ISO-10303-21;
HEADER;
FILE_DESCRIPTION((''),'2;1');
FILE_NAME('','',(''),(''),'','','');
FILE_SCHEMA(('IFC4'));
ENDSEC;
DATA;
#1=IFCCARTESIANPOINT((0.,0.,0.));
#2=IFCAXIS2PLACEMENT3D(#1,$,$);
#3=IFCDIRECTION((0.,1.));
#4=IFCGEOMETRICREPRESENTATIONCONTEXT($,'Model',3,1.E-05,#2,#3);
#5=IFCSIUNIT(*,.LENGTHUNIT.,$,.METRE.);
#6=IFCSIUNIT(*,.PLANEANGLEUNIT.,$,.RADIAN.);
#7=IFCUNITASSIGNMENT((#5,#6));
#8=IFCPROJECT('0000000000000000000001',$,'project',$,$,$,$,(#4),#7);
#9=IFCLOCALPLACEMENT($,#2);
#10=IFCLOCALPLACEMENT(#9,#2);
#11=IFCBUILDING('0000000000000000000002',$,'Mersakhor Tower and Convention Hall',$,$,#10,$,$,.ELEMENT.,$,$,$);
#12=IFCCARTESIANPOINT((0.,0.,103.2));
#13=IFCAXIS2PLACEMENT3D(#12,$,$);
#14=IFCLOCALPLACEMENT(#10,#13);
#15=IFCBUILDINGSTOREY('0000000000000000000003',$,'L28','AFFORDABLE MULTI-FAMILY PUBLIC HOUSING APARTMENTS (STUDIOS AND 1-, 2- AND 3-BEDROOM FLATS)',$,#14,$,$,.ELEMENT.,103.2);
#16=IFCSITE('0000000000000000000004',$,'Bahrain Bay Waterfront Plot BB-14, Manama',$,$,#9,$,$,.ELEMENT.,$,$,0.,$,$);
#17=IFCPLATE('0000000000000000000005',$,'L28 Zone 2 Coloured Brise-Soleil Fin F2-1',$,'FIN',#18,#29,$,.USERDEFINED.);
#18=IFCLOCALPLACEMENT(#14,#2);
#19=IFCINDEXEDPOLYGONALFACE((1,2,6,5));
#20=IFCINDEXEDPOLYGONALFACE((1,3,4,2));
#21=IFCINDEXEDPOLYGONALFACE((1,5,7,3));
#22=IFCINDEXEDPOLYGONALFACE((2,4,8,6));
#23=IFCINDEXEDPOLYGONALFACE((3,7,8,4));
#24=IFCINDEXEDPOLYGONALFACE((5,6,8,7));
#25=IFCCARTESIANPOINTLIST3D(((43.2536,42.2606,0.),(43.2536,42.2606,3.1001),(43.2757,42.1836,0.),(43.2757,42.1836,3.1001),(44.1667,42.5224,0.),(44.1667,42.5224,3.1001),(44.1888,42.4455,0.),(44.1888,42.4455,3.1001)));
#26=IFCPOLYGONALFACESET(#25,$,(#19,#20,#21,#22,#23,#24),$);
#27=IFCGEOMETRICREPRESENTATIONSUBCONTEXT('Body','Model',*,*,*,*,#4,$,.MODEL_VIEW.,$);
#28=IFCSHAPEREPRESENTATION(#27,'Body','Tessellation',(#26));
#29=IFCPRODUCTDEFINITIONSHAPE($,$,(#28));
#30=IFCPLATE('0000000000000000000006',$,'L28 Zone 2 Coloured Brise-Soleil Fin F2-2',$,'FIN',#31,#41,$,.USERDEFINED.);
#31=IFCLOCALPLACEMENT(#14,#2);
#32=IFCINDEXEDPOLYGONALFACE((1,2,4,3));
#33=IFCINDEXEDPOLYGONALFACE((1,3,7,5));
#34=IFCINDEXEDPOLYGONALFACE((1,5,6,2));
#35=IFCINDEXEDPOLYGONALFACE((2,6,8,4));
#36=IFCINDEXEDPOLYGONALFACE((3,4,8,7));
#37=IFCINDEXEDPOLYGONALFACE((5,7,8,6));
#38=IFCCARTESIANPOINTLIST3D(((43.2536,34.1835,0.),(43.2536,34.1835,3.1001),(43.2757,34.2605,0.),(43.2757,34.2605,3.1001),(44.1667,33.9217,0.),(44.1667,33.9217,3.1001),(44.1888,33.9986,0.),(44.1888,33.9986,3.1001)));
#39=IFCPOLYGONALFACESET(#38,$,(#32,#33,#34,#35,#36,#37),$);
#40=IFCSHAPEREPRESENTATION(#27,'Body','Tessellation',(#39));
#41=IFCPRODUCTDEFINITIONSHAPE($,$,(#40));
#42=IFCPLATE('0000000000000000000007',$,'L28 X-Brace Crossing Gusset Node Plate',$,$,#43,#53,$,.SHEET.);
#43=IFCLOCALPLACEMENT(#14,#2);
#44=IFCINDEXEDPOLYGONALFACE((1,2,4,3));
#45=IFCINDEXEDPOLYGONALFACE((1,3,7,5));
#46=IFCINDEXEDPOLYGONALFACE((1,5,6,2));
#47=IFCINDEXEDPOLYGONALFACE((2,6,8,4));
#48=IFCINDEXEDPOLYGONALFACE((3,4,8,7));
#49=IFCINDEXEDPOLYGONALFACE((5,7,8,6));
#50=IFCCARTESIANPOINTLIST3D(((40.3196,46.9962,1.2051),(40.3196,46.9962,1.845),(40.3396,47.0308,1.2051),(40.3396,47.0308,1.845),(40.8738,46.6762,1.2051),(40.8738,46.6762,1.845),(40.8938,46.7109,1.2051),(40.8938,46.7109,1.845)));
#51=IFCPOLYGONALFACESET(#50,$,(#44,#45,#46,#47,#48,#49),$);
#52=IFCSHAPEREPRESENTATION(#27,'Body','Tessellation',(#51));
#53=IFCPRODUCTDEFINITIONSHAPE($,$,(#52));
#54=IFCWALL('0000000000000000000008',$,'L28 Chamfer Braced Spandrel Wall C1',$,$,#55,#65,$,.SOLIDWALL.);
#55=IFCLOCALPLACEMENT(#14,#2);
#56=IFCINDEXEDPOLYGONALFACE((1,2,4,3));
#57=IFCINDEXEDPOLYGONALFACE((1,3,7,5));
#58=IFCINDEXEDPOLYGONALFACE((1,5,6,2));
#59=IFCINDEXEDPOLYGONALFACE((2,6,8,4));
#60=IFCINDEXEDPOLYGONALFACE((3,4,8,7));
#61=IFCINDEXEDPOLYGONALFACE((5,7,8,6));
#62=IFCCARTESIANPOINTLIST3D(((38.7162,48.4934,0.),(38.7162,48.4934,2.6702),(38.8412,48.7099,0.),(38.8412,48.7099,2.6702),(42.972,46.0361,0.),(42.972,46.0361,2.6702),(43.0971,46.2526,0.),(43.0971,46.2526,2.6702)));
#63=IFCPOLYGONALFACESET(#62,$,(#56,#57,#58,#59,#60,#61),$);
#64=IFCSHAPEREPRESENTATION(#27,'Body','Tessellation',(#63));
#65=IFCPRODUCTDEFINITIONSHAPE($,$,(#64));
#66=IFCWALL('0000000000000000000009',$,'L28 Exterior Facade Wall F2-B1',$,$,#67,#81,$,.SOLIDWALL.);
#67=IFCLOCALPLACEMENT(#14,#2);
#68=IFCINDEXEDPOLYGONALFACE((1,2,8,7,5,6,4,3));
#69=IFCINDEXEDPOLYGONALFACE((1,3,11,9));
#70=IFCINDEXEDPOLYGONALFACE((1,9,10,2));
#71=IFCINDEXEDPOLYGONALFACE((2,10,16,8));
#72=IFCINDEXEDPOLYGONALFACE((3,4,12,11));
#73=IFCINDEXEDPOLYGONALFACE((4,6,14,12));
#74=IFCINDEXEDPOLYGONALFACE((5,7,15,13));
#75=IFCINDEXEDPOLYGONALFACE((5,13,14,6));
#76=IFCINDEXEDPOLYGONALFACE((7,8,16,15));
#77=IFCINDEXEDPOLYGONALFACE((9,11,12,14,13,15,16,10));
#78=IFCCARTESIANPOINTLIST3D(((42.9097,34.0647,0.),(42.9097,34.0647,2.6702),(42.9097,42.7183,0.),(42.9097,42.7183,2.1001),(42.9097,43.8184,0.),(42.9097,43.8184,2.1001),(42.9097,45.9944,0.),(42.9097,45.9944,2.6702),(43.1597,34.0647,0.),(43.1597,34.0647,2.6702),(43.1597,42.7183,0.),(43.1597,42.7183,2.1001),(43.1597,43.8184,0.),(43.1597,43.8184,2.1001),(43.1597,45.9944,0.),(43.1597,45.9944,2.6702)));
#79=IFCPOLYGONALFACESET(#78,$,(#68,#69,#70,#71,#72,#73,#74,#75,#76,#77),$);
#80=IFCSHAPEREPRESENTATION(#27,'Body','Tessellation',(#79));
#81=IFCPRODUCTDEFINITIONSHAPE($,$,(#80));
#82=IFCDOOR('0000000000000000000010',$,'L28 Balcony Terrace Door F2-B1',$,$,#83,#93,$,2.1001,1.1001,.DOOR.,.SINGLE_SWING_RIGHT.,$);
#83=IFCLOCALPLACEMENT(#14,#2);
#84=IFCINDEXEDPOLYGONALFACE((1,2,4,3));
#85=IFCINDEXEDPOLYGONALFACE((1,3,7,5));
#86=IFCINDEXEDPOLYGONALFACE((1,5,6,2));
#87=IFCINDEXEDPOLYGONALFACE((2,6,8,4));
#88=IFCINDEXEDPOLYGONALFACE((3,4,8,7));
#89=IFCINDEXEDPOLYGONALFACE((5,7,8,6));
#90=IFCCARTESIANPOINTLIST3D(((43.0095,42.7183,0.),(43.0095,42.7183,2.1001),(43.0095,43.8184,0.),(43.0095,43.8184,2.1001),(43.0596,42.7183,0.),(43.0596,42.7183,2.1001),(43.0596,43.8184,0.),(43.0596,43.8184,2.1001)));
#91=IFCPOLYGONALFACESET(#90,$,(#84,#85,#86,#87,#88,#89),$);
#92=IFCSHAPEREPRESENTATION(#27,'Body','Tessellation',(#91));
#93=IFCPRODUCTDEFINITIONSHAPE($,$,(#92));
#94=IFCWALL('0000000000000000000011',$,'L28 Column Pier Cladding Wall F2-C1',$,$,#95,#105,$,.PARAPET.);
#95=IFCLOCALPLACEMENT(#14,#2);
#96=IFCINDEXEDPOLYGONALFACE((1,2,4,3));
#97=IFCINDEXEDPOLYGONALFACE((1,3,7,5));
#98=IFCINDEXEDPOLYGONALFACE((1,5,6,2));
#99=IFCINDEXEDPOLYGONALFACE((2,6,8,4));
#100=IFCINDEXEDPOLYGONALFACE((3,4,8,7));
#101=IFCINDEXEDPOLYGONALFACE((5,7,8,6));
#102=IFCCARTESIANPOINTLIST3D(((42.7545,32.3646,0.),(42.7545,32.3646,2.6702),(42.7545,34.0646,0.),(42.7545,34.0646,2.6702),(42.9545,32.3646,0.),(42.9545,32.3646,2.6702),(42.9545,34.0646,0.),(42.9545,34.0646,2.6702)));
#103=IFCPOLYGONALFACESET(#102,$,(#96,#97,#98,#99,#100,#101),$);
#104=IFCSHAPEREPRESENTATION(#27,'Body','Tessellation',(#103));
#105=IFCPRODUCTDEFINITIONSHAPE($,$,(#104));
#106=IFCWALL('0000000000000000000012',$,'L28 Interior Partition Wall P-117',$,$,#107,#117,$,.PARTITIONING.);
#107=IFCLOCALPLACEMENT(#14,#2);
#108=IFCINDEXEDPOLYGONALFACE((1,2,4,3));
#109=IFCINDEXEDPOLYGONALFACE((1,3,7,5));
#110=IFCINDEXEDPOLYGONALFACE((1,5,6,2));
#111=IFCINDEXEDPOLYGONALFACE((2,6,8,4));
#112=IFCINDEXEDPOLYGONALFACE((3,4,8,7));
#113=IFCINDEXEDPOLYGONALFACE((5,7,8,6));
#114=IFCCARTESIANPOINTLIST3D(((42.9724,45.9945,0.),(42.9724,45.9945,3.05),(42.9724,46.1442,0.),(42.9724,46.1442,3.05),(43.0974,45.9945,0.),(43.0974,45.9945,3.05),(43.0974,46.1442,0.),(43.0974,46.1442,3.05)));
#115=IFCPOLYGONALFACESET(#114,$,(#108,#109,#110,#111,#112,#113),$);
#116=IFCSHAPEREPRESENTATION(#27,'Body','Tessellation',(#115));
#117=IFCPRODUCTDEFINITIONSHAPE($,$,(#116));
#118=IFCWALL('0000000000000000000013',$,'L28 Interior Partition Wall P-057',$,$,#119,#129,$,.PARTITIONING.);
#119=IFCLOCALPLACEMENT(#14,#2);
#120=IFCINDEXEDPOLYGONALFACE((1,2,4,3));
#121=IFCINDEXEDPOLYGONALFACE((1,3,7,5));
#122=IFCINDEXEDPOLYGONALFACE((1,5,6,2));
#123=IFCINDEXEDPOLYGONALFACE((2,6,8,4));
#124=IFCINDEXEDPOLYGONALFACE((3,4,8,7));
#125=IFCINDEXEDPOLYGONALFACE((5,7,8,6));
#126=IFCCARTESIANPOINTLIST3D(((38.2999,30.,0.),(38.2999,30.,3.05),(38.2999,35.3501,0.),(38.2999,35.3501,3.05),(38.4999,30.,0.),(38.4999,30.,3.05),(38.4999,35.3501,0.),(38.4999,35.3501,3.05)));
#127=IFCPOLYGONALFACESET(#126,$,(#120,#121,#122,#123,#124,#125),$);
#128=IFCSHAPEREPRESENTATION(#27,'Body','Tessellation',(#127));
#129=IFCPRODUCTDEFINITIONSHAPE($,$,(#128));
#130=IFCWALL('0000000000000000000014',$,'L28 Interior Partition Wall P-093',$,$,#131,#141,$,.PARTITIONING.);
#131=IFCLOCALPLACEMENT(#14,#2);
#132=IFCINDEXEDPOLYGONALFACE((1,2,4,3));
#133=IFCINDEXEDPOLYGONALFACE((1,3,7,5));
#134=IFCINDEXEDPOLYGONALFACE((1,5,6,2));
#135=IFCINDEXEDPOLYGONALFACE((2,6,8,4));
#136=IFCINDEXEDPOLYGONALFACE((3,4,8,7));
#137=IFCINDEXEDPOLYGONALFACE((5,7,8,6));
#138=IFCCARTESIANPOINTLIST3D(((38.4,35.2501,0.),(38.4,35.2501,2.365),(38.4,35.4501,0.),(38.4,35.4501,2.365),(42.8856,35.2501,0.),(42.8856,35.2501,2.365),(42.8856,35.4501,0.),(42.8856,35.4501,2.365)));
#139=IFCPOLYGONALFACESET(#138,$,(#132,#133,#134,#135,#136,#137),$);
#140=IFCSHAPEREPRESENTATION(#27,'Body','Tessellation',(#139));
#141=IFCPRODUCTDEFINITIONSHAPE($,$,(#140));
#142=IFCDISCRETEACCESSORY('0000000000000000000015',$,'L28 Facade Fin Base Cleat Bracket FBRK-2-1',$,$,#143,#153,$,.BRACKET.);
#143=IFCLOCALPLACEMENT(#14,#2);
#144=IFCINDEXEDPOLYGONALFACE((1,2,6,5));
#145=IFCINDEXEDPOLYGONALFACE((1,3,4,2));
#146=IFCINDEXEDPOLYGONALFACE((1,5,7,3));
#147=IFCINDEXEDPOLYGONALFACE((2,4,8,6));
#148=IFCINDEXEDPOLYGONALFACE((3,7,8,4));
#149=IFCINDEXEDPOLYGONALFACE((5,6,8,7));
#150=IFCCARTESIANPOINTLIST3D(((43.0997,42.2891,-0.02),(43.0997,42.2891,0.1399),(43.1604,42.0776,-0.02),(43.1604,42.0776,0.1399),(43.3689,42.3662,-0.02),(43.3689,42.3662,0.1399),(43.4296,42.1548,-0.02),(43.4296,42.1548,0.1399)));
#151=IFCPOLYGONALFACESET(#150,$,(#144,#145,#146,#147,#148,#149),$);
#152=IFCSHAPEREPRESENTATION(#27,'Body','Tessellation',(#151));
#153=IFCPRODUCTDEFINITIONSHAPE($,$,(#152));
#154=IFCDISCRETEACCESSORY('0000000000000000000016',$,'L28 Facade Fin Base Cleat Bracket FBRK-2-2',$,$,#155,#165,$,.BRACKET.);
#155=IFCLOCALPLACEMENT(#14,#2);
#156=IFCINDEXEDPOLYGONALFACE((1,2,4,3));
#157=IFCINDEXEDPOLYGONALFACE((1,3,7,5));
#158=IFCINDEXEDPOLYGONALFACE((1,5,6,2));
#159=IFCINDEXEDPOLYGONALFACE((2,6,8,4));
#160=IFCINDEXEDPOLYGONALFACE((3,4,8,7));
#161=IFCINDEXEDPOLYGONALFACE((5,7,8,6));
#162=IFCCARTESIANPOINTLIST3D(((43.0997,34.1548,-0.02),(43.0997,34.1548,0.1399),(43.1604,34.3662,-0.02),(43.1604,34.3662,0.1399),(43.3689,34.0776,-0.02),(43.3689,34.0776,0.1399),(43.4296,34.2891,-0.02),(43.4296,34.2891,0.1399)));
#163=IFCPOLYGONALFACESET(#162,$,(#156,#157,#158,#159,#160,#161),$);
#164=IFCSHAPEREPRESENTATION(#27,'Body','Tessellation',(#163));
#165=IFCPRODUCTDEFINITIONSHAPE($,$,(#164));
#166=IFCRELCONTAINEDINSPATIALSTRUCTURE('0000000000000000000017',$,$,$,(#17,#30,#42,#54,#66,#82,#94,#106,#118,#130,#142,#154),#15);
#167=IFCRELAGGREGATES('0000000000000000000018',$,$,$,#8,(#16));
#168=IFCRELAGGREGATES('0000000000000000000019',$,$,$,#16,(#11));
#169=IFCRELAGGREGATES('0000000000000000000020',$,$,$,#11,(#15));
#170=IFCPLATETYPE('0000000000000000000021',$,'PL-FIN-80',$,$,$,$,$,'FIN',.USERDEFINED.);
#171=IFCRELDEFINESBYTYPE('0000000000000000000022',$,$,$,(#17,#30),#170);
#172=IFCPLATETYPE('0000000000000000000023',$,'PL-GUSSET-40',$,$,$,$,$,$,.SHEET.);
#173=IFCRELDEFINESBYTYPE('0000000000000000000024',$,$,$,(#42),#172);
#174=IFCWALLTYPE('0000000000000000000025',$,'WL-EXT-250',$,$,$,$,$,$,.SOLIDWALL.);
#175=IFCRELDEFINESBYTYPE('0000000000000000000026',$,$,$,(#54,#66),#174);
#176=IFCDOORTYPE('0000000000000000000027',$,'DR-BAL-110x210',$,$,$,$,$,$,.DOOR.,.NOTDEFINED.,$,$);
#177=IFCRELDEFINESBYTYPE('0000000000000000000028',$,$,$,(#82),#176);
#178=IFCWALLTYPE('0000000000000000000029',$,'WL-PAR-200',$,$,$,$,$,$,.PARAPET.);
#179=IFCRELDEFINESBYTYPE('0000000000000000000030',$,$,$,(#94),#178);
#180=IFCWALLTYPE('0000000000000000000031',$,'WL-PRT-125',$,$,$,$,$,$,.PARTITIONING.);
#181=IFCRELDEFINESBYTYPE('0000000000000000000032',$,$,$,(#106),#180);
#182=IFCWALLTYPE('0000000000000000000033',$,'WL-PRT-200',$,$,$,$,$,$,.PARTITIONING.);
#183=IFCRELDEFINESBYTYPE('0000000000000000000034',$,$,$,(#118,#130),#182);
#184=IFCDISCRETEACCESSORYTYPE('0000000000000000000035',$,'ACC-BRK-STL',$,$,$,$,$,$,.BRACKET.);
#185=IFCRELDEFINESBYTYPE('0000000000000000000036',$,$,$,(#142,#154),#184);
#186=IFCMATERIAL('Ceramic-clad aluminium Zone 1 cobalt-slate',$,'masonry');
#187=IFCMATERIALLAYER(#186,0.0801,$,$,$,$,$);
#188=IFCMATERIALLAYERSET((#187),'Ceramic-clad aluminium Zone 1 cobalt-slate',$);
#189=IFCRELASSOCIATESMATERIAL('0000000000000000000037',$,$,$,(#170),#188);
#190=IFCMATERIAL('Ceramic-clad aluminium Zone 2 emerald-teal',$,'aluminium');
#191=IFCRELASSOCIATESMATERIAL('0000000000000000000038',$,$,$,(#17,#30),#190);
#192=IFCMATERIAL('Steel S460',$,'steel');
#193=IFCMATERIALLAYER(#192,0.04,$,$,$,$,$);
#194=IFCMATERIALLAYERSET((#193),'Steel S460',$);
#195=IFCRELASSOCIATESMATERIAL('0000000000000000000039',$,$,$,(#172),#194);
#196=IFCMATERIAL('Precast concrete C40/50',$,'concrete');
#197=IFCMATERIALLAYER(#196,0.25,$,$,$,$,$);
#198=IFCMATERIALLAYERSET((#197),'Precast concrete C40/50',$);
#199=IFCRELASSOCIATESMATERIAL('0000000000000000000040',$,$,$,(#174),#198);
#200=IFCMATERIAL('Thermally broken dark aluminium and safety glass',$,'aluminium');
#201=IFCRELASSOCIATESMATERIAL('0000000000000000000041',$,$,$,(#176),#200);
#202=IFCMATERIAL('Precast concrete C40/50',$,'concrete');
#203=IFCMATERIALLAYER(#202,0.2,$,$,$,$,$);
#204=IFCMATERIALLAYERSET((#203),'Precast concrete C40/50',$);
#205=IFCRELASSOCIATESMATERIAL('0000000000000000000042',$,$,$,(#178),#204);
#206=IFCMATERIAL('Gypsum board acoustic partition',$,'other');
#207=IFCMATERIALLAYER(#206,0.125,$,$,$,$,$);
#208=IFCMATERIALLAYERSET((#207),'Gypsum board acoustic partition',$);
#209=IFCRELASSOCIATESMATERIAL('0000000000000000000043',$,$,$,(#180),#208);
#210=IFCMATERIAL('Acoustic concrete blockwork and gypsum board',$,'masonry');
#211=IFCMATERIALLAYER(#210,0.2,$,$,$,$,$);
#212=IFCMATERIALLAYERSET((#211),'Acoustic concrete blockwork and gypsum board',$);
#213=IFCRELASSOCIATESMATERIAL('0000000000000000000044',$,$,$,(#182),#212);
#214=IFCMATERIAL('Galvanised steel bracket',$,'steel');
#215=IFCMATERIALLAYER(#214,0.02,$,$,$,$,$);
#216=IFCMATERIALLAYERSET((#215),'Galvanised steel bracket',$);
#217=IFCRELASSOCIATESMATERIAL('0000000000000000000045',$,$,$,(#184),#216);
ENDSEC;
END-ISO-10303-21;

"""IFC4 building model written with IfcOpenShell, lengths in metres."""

from ifc_helpers import new_model, si_unit, direction, frame, frame_2d, origin, origin_2d, place, context, subcontext, project, spatial, rectangle, extrude, material, layer, layer_set, type_object, element, fill, save


model = new_model("IFC4")

# Units and contexts
model_context = context("Model", 3, precision=1e-05, world=origin(), true_north=direction((0.0, 1.0)))
body_context = subcontext(model_context, "Body", "Model", "MODEL_VIEW")
ifc_project = project(units=[si_unit("LENGTHUNIT", "METRE"), si_unit("PLANEANGLEUNIT", "RADIAN")], contexts=[model_context])

# Site, building, storey
site_placement = place(None, origin())
site = spatial("IfcSite", under=ifc_project, at=site_placement, Name="Bahrain Bay Waterfront Plot BB-14, Manama", CompositionType="ELEMENT", RefElevation=0.0)
building_placement = place(site_placement, origin())
building = spatial("IfcBuilding", under=site, at=building_placement, Name="Mersakhor Tower and Convention Hall", CompositionType="ELEMENT")
storey_placement = place(building_placement, frame((0.0, 0.0, 103.2)))
storey = spatial("IfcBuildingStorey", under=building, at=storey_placement, Name="L28", Description="AFFORDABLE MULTI-FAMILY PUBLIC HOUSING APARTMENTS (STUDIOS AND 1-, 2- AND 3-BEDROOM FLATS)", CompositionType="ELEMENT", Elevation=103.2)

# Plates
ifc_material_1 = material(Name="Ceramic-clad aluminium Zone 2 emerald-teal", Category="aluminium")
ifc_material_2 = material(Name="Ceramic-clad aluminium Zone 1 cobalt-slate", Category="masonry")
ifc_layer_1 = layer(ifc_material_2, 0.0801)
ifc_layer_set_1 = layer_set([ifc_layer_1], Name="Ceramic-clad aluminium Zone 1 cobalt-slate")
plate_type_1 = type_object("IfcPlateType", Name="PL-FIN-80", ElementType="FIN", PredefinedType="USERDEFINED", material=ifc_layer_set_1)
for number, where, z_axis, x_axis, name in (
    (1, (43.7212, 42.353, 0.0), (0.0, 0.0, 1.0), (0.961262, 0.275637, 0.0), "L28 Zone 2 Coloured Brise-Soleil Fin F2-1"),
    (2, (43.7212, 34.0911, 0.0), (0.0, 0.0, 1.0), (0.961262, -0.275637, 0.0), "L28 Zone 2 Coloured Brise-Soleil Fin F2-2"),
):
    element("IfcPlate", number, at=place(storey_placement, frame(where, z_axis=z_axis, x_axis=x_axis)), inside=storey, type_object=plate_type_1, material=ifc_material_1, Name=name, ObjectType="FIN", PredefinedType="USERDEFINED", context=body_context, shape_type="SweptSolid", body=[
        extrude(rectangle(XDim=0.95, YDim=0.0801, at=origin_2d()), origin(), (0.0, 0.0, 1.0), 3.1001),
    ])
ifc_material_3 = material(Name="Steel S460", Category="steel")
ifc_layer_2 = layer(ifc_material_3, 0.04)
ifc_layer_set_2 = layer_set([ifc_layer_2], Name="Steel S460")
plate_type_2 = type_object("IfcPlateType", Name="PL-GUSSET-40", PredefinedType="SHEET", material=ifc_layer_set_2)
plate_placement = place(storey_placement, frame((40.6067, 46.8535, 1.2051), z_axis=(0.0, 0.0, 1.0), x_axis=(-0.866025, 0.5, 0.0)))
element("IfcPlate", 3, at=plate_placement, inside=storey, type_object=plate_type_2, Name="L28 X-Brace Crossing Gusset Node Plate", PredefinedType="SHEET", context=body_context, shape_type="SweptSolid", body=[
    extrude(rectangle(XDim=0.6399, YDim=0.04, at=origin_2d()), origin(), (0.0, 0.0, 1.0), 0.6399),
])

# Wall
ifc_material_4 = material(Name="Precast concrete C40/50", Category="concrete")
ifc_layer_3 = layer(ifc_material_4, 0.25)
ifc_layer_set_3 = layer_set([ifc_layer_3], Name="Precast concrete C40/50")
wall_type_1 = type_object("IfcWallType", Name="WL-EXT-250", PredefinedType="SOLIDWALL", material=ifc_layer_set_3)
wall_1_placement = place(storey_placement, frame((38.7788, 48.6016, 0.0), z_axis=(0.0, 0.0, 1.0), x_axis=(0.866012, -0.500023, 0.0)))
element("IfcWall", 4, at=wall_1_placement, inside=storey, type_object=wall_type_1, Name="L28 Chamfer Braced Spandrel Wall C1", PredefinedType="SOLIDWALL", context=body_context, shape_type="SweptSolid", body=[
    extrude(rectangle(XDim=4.9143, YDim=0.25, at=frame_2d((2.457, 0.0))), origin(), (0.0, 0.0, 1.0), 2.6702),
])

# Wall, opening, door
wall_2_placement = place(storey_placement, frame((43.0347, 45.9944, 0.0), z_axis=(0.0, 0.0, 1.0), x_axis=(0.0, -1.0, 0.0)))
wall_2 = element("IfcWall", 5, at=wall_2_placement, inside=storey, type_object=wall_type_1, Name="L28 Exterior Facade Wall F2-B1", PredefinedType="SOLIDWALL", context=body_context, shape_type="SweptSolid", body=[
    extrude(rectangle(XDim=11.9297, YDim=0.25, at=frame_2d((5.9648, 0.0))), origin(), (0.0, 0.0, 1.0), 2.6702),
])
opening_placement = place(wall_2_placement, frame((2.176, 0.0, 0.0)))
opening = element("IfcOpeningElement", 6, at=opening_placement, cuts=wall_2, PredefinedType="OPENING", context=body_context, shape_type="SweptSolid", body=[
    extrude(rectangle(XDim=1.1001, YDim=2.1001, at=frame_2d((0.55, 1.05))), frame((0.0, 0.135, 0.0), z_axis=(0.0, -1.0, 0.0), x_axis=(1.0, 0.0, 0.0)), (0.0, 0.0, 1.0), 0.27),
])
ifc_material_5 = material(Name="Thermally broken dark aluminium and safety glass", Category="aluminium")
door_type = type_object("IfcDoorType", Name="DR-BAL-110x210", OperationType="NOTDEFINED", PredefinedType="DOOR", material=ifc_material_5)
door_placement = place(opening_placement, origin())
door = element("IfcDoor", 7, at=door_placement, inside=storey, type_object=door_type, Name="L28 Balcony Terrace Door F2-B1", OperationType="SINGLE_SWING_RIGHT", OverallHeight=2.1001, OverallWidth=1.1001, PredefinedType="DOOR", context=body_context, shape_type="SweptSolid", body=[
    extrude(rectangle(XDim=1.1001, YDim=2.1001, at=frame_2d((0.55, 1.05))), frame((0.0, 0.0249, 0.0), z_axis=(0.0, -1.0, 0.0), x_axis=(1.0, 0.0, 0.0)), (0.0, 0.0, 1.0), 0.05),
])
fill(opening, door)

# Walls
ifc_material_6 = material(Name="Precast concrete C40/50", Category="concrete")
ifc_layer_4 = layer(ifc_material_6, 0.2)
ifc_layer_set_4 = layer_set([ifc_layer_4], Name="Precast concrete C40/50")
wall_type_2 = type_object("IfcWallType", Name="WL-PAR-200", PredefinedType="PARAPET", material=ifc_layer_set_4)
wall_3_placement = place(storey_placement, frame((42.8545, 34.0647, 0.0), z_axis=(0.0, 0.0, 1.0), x_axis=(0.0, -1.0, 0.0)))
element("IfcWall", 8, at=wall_3_placement, inside=storey, type_object=wall_type_2, Name="L28 Column Pier Cladding Wall F2-C1", PredefinedType="PARAPET", context=body_context, shape_type="SweptSolid", body=[
    extrude(rectangle(XDim=1.7, YDim=0.2, at=frame_2d((0.8501, 0.0))), origin(), (0.0, 0.0, 1.0), 2.6702),
])
ifc_material_7 = material(Name="Gypsum board acoustic partition", Category="other")
ifc_layer_5 = layer(ifc_material_7, 0.125)
ifc_layer_set_5 = layer_set([ifc_layer_5], Name="Gypsum board acoustic partition")
wall_type_3 = type_object("IfcWallType", Name="WL-PRT-125", PredefinedType="PARTITIONING", material=ifc_layer_set_5)
wall_4_placement = place(storey_placement, frame((43.0349, 46.144, 0.0), z_axis=(0.0, 0.0, 1.0), x_axis=(0.0, -1.0, 0.0)))
element("IfcWall", 9, at=wall_4_placement, inside=storey, type_object=wall_type_3, Name="L28 Interior Partition Wall P-117", PredefinedType="PARTITIONING", context=body_context, shape_type="SweptSolid", body=[
    extrude(rectangle(XDim=0.1497, YDim=0.125, at=frame_2d((0.0747, 0.0))), origin(), (0.0, 0.0, 1.0), 3.05),
])
ifc_material_8 = material(Name="Acoustic concrete blockwork and gypsum board", Category="masonry")
ifc_layer_6 = layer(ifc_material_8, 0.2)
ifc_layer_set_6 = layer_set([ifc_layer_6], Name="Acoustic concrete blockwork and gypsum board")
wall_type_4 = type_object("IfcWallType", Name="WL-PRT-200", PredefinedType="PARTITIONING", material=ifc_layer_set_6)
wall_5_placement = place(storey_placement, frame((38.3999, 35.3501, 0.0), z_axis=(0.0, 0.0, 1.0), x_axis=(0.0, -1.0, 0.0)))
element("IfcWall", 10, at=wall_5_placement, inside=storey, type_object=wall_type_4, Name="L28 Interior Partition Wall P-057", PredefinedType="PARTITIONING", context=body_context, shape_type="SweptSolid", body=[
    extrude(rectangle(XDim=5.3501, YDim=0.2, at=frame_2d((2.675, 0.0))), origin(), (0.0, 0.0, 1.0), 3.05),
])
wall_6_placement = place(storey_placement, frame((42.8855, 35.3501, 0.0), z_axis=(0.0, 0.0, 1.0), x_axis=(-1.0, 0.0, 0.0)))
element("IfcWall", 11, at=wall_6_placement, inside=storey, type_object=wall_type_4, Name="L28 Interior Partition Wall P-093", PredefinedType="PARTITIONING", context=body_context, shape_type="SweptSolid", body=[
    extrude(rectangle(XDim=4.4856, YDim=0.2, at=frame_2d((2.2427, 0.0))), origin(), (0.0, 0.0, 1.0), 2.365),
])

# Discrete accessories
ifc_material_9 = material(Name="Galvanised steel bracket", Category="steel")
ifc_layer_7 = layer(ifc_material_9, 0.02)
ifc_layer_set_7 = layer_set([ifc_layer_7], Name="Galvanised steel bracket")
discrete_accessory_type = type_object("IfcDiscreteAccessoryType", Name="ACC-BRK-STL", PredefinedType="BRACKET", material=ifc_layer_set_7)
for number, where, z_axis, x_axis, name in (
    (12, (43.2646, 42.2219, -0.02), (0.0, 0.0, 1.0), (0.961262, 0.275637, 0.0), "L28 Facade Fin Base Cleat Bracket FBRK-2-1"),
    (13, (43.2646, 34.2219, -0.02), (0.0, 0.0, 1.0), (0.961262, -0.275637, 0.0), "L28 Facade Fin Base Cleat Bracket FBRK-2-2"),
):
    element("IfcDiscreteAccessory", number, at=place(storey_placement, frame(where, z_axis=z_axis, x_axis=x_axis)), inside=storey, type_object=discrete_accessory_type, Name=name, PredefinedType="BRACKET", context=body_context, shape_type="SweptSolid", body=[
        extrude(rectangle(XDim=0.28, YDim=0.22, at=origin_2d()), origin(), (0.0, 0.0, 1.0), 0.1599),
    ])

save(model, "model.ifc")
